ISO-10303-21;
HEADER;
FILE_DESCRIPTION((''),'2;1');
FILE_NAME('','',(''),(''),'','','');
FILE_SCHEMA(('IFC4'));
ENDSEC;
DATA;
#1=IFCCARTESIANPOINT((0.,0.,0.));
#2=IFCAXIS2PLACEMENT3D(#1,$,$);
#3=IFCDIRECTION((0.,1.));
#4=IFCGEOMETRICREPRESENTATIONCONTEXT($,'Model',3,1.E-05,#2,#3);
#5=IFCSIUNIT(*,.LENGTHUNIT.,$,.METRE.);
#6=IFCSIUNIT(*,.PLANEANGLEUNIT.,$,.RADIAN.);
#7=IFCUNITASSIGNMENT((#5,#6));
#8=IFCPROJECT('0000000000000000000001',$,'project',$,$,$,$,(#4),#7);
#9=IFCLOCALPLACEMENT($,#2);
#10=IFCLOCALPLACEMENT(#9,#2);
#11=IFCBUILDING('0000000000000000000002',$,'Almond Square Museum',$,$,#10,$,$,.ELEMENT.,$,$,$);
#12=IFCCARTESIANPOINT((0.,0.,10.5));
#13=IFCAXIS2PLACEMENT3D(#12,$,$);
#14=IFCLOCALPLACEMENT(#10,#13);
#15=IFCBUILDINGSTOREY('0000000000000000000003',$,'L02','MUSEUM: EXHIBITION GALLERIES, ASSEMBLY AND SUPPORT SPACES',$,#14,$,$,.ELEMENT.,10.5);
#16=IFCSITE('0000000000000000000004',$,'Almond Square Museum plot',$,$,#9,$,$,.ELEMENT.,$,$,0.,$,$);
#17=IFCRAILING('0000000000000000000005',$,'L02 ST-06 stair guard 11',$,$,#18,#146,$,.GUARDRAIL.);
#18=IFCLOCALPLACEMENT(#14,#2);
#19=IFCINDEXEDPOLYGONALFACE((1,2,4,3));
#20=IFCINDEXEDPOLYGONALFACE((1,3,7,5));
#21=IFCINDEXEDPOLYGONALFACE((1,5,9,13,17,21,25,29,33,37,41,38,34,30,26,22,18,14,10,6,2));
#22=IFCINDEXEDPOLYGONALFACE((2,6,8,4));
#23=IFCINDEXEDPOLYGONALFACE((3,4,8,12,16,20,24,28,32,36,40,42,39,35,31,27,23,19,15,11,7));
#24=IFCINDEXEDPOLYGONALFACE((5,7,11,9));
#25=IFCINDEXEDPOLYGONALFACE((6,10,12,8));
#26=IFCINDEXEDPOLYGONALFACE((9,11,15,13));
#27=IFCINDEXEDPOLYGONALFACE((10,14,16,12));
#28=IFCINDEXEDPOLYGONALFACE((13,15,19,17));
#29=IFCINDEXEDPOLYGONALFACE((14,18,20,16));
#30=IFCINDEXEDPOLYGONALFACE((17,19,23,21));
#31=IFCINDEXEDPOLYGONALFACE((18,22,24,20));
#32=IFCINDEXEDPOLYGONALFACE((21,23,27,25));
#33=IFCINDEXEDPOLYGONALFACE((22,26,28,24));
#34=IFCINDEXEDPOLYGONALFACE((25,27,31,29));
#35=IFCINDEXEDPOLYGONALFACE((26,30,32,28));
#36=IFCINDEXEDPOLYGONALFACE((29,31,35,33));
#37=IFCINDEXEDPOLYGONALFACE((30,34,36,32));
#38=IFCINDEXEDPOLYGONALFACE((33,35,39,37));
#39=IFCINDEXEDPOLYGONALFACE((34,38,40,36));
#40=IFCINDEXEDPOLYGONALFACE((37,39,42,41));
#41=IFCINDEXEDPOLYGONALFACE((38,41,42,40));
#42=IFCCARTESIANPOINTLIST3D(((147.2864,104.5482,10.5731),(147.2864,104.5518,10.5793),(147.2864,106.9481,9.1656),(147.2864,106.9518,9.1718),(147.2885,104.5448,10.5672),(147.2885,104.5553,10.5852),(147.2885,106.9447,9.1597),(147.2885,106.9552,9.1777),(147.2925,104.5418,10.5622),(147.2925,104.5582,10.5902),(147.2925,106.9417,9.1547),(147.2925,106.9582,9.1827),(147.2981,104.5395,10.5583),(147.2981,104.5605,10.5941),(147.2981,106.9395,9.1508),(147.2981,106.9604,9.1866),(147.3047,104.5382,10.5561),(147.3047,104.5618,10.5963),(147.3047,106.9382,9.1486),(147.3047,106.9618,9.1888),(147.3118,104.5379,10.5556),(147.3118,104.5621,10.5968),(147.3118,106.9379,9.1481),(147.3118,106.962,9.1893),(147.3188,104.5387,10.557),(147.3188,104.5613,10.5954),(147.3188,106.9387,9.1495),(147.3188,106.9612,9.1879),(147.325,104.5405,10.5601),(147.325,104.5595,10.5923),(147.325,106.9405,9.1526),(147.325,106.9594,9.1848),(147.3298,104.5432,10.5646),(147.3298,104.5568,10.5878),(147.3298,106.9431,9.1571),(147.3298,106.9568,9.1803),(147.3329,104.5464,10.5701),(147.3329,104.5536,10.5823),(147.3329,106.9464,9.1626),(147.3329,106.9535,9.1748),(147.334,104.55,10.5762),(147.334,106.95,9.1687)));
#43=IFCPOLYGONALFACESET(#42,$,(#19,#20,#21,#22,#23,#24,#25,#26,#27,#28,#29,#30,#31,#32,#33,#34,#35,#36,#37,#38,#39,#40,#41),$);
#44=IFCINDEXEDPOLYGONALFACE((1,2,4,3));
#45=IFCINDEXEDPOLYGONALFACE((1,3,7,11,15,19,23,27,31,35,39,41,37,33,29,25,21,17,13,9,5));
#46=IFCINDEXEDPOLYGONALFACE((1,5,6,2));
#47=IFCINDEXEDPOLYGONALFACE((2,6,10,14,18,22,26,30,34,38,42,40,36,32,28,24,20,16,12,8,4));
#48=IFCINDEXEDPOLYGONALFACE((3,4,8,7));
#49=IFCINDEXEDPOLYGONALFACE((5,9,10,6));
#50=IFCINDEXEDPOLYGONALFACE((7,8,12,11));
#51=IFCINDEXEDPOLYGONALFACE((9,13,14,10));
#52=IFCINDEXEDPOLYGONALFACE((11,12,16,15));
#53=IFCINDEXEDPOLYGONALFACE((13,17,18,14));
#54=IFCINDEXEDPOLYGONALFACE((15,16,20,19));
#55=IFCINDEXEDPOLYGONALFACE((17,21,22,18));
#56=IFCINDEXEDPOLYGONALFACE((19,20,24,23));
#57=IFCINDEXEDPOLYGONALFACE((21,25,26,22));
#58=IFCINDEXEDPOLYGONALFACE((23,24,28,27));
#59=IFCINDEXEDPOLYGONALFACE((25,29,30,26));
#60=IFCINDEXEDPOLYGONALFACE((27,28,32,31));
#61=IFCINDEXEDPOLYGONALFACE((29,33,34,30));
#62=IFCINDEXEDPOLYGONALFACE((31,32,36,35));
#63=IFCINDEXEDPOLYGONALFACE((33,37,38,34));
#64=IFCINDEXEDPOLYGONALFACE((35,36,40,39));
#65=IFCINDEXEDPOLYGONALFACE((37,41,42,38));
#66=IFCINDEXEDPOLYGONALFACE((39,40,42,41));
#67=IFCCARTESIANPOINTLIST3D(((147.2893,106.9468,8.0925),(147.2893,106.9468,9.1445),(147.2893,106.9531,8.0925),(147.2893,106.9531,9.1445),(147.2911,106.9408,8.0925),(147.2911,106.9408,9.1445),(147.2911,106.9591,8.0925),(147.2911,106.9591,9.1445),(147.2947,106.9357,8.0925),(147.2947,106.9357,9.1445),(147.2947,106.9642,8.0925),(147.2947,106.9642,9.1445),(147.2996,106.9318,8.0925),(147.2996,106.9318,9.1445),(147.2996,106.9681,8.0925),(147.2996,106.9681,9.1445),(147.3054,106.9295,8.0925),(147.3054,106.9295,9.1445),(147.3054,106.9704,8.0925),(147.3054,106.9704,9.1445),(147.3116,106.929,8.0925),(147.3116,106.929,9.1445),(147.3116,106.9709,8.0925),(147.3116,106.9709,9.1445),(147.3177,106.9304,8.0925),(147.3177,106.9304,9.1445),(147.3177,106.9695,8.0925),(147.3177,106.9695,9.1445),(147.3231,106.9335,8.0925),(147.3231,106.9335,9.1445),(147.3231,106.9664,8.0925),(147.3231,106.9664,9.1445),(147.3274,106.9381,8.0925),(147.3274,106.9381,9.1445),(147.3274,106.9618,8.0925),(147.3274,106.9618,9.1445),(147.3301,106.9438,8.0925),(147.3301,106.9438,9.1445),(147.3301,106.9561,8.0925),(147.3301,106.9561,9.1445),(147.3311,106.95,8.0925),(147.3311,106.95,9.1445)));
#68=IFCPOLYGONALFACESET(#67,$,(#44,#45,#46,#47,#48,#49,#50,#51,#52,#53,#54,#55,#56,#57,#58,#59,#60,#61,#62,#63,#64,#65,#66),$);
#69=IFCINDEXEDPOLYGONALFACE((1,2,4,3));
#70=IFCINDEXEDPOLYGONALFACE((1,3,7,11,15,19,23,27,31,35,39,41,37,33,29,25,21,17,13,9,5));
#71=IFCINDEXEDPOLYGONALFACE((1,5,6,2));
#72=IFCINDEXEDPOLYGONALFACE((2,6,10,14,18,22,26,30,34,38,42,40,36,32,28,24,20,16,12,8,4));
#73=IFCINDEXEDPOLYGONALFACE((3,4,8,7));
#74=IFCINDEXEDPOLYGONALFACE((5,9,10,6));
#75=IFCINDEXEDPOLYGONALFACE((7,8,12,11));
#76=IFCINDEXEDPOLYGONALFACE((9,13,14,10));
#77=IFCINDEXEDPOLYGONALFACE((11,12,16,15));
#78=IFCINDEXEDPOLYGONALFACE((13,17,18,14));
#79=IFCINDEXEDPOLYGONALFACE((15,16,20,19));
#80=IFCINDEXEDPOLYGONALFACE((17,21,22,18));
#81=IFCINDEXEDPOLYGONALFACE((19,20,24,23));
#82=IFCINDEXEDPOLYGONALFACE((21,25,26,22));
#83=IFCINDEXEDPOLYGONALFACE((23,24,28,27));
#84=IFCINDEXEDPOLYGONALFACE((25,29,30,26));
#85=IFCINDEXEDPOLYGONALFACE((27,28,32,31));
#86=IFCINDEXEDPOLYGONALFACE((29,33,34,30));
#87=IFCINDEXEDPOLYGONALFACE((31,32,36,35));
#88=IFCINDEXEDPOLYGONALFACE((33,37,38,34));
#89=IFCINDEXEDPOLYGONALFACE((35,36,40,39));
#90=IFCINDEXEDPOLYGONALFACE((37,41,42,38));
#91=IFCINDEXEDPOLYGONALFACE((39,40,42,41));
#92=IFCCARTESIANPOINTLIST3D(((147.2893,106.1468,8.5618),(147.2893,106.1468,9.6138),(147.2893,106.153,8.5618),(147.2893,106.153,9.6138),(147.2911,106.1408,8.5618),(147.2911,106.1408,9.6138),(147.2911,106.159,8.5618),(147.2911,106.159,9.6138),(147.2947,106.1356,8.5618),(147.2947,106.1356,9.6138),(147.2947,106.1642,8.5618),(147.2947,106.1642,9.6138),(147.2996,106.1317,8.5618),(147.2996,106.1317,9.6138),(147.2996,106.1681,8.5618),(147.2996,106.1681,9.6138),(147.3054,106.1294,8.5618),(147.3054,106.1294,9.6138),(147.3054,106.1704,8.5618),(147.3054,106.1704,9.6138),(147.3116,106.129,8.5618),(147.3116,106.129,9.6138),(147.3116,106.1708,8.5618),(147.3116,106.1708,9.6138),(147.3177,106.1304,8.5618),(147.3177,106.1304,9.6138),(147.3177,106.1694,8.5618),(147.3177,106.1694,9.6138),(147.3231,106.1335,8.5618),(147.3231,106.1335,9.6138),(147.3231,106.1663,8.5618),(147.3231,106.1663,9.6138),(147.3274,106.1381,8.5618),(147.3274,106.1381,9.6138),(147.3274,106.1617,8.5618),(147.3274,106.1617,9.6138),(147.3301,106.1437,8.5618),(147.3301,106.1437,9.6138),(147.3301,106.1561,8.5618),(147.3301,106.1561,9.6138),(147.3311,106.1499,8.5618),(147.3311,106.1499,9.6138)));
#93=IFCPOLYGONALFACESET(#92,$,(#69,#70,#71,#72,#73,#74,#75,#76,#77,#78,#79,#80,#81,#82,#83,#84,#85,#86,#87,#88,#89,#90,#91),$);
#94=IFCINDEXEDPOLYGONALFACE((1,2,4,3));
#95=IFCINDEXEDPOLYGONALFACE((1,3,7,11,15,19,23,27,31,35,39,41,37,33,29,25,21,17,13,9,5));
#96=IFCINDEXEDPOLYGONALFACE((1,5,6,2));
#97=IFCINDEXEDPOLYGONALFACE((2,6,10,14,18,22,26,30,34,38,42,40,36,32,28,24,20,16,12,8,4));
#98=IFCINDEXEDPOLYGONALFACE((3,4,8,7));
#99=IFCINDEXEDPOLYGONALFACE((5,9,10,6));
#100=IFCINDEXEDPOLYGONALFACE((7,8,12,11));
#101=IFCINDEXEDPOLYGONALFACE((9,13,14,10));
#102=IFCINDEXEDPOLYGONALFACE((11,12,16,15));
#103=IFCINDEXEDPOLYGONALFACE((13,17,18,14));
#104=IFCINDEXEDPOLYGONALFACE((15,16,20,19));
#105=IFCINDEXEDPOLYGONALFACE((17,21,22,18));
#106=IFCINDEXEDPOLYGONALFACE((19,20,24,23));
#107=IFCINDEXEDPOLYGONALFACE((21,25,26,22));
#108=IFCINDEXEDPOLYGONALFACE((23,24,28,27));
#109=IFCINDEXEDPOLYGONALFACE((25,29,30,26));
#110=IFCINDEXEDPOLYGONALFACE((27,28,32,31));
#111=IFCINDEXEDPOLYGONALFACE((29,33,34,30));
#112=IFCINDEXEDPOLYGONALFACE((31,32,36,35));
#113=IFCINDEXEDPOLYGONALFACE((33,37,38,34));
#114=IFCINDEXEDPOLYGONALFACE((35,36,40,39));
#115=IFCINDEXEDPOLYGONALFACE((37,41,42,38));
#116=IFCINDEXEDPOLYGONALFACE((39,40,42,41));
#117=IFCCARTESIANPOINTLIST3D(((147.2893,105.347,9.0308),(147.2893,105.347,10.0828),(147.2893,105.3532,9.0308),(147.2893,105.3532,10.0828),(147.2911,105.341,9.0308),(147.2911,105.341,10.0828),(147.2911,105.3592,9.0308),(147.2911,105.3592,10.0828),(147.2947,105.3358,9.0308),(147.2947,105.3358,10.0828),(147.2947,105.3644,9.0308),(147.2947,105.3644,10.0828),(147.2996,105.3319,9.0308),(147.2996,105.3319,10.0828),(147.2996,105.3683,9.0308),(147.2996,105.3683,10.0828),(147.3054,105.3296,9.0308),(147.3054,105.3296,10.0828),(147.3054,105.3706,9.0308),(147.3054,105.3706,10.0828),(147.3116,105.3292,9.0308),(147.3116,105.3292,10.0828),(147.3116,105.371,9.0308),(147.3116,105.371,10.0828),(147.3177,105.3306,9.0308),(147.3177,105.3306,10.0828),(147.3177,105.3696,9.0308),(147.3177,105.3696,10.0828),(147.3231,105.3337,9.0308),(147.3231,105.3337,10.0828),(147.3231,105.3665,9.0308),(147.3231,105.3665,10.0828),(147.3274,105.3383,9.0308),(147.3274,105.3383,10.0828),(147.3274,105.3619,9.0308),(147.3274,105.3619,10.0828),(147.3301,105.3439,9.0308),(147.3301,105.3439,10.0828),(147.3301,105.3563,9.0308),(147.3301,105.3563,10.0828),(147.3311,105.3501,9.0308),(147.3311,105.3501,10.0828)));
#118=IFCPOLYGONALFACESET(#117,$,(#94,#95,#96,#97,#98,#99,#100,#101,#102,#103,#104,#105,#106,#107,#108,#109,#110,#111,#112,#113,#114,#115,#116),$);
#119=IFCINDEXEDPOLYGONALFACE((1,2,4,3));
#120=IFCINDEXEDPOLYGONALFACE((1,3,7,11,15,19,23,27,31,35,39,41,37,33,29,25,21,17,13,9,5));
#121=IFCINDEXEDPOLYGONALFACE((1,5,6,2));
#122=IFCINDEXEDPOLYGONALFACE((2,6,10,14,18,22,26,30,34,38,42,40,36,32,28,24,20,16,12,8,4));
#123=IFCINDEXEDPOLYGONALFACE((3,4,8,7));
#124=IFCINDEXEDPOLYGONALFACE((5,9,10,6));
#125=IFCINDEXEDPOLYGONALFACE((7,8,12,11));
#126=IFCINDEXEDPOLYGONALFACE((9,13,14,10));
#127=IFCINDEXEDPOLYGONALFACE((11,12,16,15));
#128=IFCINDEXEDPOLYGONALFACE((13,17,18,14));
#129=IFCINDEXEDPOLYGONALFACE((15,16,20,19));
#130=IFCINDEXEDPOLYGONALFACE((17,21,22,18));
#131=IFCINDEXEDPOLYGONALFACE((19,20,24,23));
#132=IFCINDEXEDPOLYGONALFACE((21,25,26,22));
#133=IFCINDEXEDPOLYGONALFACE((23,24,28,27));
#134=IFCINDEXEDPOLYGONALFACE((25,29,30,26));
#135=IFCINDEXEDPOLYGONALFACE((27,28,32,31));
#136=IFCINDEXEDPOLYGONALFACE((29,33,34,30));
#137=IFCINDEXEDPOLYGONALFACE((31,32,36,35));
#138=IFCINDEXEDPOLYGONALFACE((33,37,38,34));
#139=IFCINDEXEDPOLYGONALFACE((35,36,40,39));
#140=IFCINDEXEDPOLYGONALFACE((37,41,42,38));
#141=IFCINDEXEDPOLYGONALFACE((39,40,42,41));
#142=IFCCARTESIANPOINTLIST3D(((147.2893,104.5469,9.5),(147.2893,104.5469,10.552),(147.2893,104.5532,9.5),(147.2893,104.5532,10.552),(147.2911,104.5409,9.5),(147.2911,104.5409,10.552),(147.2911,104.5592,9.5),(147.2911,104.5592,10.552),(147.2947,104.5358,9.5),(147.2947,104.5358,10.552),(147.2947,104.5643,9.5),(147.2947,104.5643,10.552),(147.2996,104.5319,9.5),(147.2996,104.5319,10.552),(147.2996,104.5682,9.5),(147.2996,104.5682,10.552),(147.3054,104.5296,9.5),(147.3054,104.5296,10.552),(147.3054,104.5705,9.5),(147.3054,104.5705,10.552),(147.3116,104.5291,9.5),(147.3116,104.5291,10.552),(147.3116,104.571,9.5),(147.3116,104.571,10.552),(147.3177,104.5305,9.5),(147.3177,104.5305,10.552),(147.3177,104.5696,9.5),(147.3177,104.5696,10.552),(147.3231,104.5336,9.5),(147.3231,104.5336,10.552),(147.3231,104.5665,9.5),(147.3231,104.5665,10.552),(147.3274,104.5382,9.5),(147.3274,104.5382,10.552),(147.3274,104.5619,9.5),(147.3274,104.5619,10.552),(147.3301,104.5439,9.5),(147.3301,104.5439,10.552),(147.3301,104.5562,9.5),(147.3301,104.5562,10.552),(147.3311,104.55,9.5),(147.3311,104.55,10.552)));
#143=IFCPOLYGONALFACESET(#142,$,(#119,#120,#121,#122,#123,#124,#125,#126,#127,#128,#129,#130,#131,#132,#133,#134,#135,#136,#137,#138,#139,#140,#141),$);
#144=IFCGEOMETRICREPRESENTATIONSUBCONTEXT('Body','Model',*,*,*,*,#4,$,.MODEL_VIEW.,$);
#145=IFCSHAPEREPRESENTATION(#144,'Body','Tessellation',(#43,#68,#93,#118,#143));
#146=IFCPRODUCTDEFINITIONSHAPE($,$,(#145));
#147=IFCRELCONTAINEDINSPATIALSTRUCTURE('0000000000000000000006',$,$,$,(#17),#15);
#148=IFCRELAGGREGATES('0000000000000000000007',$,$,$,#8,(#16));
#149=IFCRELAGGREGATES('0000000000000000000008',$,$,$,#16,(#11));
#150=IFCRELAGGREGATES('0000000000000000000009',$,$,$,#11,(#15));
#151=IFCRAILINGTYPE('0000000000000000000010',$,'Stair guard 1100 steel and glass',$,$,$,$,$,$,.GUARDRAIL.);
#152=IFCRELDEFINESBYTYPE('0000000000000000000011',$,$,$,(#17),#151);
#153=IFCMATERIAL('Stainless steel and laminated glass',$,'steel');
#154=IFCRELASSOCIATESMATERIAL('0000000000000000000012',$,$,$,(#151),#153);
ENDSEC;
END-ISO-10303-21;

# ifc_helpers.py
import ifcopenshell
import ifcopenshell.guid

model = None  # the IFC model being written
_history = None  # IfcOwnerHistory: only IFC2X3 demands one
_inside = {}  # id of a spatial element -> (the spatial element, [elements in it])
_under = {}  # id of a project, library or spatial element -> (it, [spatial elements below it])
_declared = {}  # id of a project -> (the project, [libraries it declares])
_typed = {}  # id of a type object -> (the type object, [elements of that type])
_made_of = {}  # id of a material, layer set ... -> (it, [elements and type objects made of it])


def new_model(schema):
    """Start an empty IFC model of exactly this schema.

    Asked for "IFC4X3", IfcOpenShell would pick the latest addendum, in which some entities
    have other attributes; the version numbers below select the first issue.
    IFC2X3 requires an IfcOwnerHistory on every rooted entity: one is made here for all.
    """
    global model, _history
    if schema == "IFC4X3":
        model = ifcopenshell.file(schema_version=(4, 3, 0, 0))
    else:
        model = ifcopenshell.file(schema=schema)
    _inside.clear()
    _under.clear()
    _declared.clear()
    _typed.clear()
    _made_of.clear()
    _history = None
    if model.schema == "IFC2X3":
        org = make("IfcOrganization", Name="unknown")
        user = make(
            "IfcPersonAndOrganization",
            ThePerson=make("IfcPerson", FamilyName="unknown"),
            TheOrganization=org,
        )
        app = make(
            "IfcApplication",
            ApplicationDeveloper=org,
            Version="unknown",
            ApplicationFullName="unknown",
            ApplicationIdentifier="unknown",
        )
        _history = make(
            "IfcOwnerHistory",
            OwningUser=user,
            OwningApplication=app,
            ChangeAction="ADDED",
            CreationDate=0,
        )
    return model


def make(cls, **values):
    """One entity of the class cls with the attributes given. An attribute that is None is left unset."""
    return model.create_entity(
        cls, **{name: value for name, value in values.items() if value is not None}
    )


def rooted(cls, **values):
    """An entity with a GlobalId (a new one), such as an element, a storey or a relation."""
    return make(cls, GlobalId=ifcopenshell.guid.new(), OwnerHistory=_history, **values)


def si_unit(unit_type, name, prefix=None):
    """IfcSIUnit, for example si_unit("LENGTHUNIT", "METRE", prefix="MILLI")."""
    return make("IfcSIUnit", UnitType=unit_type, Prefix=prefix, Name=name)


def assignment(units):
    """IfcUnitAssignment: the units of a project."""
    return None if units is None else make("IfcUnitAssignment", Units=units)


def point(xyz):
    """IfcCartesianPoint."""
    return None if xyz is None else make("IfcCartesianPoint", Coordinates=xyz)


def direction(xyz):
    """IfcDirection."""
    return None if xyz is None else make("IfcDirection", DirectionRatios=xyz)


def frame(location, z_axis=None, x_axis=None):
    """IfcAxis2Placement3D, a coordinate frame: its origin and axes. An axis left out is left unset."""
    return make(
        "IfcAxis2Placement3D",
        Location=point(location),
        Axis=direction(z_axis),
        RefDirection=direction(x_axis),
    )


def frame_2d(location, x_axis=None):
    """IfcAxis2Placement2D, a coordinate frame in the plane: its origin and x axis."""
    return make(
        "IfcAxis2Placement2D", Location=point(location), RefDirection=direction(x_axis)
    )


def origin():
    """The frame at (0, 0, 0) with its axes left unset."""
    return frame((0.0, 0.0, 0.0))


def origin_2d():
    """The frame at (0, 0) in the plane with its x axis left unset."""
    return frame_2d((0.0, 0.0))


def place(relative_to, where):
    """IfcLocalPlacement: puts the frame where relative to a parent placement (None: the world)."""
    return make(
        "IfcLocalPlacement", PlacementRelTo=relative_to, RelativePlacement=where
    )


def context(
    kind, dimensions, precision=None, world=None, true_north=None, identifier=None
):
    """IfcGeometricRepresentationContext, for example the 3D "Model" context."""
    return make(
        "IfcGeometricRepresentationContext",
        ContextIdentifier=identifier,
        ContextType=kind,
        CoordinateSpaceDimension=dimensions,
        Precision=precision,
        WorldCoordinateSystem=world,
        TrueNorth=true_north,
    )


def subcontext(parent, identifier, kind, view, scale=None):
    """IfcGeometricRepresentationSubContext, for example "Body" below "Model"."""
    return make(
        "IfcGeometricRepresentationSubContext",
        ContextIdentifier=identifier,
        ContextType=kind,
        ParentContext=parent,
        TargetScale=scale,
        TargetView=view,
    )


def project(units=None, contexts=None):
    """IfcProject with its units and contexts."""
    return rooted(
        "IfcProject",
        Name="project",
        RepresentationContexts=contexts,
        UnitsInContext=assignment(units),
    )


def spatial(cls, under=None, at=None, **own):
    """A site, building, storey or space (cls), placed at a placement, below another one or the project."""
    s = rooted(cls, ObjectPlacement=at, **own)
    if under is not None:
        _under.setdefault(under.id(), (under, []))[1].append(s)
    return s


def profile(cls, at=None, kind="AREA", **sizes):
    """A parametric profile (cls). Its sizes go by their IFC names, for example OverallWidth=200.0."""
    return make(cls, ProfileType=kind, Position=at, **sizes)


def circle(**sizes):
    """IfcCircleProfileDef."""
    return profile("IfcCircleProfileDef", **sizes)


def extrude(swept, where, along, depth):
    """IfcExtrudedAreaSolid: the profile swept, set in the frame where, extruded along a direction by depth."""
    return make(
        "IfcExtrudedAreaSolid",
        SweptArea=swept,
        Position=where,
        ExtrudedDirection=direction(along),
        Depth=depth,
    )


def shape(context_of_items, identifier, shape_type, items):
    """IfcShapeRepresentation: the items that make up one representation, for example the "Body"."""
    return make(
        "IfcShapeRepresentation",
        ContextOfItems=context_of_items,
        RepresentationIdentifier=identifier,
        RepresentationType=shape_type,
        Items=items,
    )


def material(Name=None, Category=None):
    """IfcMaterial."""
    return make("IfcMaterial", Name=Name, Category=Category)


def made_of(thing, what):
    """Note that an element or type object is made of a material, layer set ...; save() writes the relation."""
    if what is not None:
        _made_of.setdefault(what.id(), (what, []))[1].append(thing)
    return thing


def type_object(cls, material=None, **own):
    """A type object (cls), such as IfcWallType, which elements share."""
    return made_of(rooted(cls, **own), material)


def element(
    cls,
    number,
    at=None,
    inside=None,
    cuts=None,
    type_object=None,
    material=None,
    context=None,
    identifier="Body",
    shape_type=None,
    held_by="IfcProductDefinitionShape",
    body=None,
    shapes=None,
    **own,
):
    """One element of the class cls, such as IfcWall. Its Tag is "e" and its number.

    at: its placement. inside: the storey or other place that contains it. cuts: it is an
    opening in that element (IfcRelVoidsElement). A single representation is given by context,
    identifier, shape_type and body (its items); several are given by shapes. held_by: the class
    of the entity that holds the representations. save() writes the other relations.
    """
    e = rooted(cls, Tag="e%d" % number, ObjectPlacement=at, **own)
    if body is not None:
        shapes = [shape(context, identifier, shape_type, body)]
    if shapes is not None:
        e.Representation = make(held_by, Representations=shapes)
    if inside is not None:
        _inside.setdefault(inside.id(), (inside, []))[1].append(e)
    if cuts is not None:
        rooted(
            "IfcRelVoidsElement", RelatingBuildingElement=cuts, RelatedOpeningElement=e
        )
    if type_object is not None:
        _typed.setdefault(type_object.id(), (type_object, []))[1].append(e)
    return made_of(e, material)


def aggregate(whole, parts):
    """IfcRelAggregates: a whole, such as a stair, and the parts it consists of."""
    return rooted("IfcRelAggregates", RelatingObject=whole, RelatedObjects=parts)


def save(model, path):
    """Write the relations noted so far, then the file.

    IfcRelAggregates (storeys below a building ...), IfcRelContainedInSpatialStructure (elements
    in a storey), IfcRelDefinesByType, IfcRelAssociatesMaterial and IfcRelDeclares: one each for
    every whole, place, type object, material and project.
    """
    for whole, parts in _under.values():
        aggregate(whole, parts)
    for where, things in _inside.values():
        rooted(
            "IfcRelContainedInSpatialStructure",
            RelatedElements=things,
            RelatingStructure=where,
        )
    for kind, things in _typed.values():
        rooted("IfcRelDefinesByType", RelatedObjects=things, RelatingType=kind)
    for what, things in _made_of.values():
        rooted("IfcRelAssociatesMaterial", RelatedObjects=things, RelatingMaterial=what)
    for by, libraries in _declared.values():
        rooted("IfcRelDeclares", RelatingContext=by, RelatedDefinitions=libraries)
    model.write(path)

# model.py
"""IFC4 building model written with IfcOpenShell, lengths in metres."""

from ifc_helpers import new_model, si_unit, direction, frame, origin, origin_2d, place, context, subcontext, project, spatial, circle, extrude, material, type_object, element, save


model = new_model("IFC4")

# Units and contexts
model_context = context("Model", 3, precision=1e-05, world=origin(), true_north=direction((0.0, 1.0)))
body_context = subcontext(model_context, "Body", "Model", "MODEL_VIEW")
ifc_project = project(units=[si_unit("LENGTHUNIT", "METRE"), si_unit("PLANEANGLEUNIT", "RADIAN")], contexts=[model_context])

# Site, building, storey
site_placement = place(None, origin())
site = spatial("IfcSite", under=ifc_project, at=site_placement, Name="Almond Square Museum plot", CompositionType="ELEMENT", RefElevation=0.0)
building_placement = place(site_placement, origin())
building = spatial("IfcBuilding", under=site, at=building_placement, Name="Almond Square Museum", CompositionType="ELEMENT")
storey_placement = place(building_placement, frame((0.0, 0.0, 10.5)))
storey = spatial("IfcBuildingStorey", under=building, at=storey_placement, Name="L02", Description="MUSEUM: EXHIBITION GALLERIES, ASSEMBLY AND SUPPORT SPACES", CompositionType="ELEMENT", Elevation=10.5)

# Railing
ifc_material_1 = material(Name="Stainless steel and laminated glass", Category="steel")
railing_type_1 = type_object("IfcRailingType", Name="Stair guard 1100 steel and glass", PredefinedType="GUARDRAIL", material=ifc_material_1)
railing_1_placement = place(storey_placement, frame((147.3101, 106.95, 8.0925)))
element("IfcRailing", 1, at=railing_1_placement, inside=storey, type_object=railing_type_1, Name="L02 ST-06 stair guard 11", PredefinedType="GUARDRAIL", context=body_context, shape_type="SweptSolid", body=[
    extrude(circle(Radius=0.0239, at=origin_2d()), frame((0.0, 0.0, 1.0762), z_axis=(0.0, -0.862599, 0.505888), x_axis=(1.0, 0.0, 0.0)), (0.0, 0.0, 1.0), 2.7822),
    extrude(circle(Radius=0.021, at=origin_2d()), origin(), (0.0, 0.0, 1.0), 1.052),
    extrude(circle(Radius=0.021, at=origin_2d()), frame((0.0, -0.8, 0.4692)), (0.0, 0.0, 1.0), 1.052),
    extrude(circle(Radius=0.021, at=origin_2d()), frame((0.0, -1.5999, 0.9382)), (0.0, 0.0, 1.0), 1.052),
    extrude(circle(Radius=0.021, at=origin_2d()), frame((0.0, -2.3999, 1.4075)), (0.0, 0.0, 1.0), 1.052),
])

save(model, "model.ifc")
